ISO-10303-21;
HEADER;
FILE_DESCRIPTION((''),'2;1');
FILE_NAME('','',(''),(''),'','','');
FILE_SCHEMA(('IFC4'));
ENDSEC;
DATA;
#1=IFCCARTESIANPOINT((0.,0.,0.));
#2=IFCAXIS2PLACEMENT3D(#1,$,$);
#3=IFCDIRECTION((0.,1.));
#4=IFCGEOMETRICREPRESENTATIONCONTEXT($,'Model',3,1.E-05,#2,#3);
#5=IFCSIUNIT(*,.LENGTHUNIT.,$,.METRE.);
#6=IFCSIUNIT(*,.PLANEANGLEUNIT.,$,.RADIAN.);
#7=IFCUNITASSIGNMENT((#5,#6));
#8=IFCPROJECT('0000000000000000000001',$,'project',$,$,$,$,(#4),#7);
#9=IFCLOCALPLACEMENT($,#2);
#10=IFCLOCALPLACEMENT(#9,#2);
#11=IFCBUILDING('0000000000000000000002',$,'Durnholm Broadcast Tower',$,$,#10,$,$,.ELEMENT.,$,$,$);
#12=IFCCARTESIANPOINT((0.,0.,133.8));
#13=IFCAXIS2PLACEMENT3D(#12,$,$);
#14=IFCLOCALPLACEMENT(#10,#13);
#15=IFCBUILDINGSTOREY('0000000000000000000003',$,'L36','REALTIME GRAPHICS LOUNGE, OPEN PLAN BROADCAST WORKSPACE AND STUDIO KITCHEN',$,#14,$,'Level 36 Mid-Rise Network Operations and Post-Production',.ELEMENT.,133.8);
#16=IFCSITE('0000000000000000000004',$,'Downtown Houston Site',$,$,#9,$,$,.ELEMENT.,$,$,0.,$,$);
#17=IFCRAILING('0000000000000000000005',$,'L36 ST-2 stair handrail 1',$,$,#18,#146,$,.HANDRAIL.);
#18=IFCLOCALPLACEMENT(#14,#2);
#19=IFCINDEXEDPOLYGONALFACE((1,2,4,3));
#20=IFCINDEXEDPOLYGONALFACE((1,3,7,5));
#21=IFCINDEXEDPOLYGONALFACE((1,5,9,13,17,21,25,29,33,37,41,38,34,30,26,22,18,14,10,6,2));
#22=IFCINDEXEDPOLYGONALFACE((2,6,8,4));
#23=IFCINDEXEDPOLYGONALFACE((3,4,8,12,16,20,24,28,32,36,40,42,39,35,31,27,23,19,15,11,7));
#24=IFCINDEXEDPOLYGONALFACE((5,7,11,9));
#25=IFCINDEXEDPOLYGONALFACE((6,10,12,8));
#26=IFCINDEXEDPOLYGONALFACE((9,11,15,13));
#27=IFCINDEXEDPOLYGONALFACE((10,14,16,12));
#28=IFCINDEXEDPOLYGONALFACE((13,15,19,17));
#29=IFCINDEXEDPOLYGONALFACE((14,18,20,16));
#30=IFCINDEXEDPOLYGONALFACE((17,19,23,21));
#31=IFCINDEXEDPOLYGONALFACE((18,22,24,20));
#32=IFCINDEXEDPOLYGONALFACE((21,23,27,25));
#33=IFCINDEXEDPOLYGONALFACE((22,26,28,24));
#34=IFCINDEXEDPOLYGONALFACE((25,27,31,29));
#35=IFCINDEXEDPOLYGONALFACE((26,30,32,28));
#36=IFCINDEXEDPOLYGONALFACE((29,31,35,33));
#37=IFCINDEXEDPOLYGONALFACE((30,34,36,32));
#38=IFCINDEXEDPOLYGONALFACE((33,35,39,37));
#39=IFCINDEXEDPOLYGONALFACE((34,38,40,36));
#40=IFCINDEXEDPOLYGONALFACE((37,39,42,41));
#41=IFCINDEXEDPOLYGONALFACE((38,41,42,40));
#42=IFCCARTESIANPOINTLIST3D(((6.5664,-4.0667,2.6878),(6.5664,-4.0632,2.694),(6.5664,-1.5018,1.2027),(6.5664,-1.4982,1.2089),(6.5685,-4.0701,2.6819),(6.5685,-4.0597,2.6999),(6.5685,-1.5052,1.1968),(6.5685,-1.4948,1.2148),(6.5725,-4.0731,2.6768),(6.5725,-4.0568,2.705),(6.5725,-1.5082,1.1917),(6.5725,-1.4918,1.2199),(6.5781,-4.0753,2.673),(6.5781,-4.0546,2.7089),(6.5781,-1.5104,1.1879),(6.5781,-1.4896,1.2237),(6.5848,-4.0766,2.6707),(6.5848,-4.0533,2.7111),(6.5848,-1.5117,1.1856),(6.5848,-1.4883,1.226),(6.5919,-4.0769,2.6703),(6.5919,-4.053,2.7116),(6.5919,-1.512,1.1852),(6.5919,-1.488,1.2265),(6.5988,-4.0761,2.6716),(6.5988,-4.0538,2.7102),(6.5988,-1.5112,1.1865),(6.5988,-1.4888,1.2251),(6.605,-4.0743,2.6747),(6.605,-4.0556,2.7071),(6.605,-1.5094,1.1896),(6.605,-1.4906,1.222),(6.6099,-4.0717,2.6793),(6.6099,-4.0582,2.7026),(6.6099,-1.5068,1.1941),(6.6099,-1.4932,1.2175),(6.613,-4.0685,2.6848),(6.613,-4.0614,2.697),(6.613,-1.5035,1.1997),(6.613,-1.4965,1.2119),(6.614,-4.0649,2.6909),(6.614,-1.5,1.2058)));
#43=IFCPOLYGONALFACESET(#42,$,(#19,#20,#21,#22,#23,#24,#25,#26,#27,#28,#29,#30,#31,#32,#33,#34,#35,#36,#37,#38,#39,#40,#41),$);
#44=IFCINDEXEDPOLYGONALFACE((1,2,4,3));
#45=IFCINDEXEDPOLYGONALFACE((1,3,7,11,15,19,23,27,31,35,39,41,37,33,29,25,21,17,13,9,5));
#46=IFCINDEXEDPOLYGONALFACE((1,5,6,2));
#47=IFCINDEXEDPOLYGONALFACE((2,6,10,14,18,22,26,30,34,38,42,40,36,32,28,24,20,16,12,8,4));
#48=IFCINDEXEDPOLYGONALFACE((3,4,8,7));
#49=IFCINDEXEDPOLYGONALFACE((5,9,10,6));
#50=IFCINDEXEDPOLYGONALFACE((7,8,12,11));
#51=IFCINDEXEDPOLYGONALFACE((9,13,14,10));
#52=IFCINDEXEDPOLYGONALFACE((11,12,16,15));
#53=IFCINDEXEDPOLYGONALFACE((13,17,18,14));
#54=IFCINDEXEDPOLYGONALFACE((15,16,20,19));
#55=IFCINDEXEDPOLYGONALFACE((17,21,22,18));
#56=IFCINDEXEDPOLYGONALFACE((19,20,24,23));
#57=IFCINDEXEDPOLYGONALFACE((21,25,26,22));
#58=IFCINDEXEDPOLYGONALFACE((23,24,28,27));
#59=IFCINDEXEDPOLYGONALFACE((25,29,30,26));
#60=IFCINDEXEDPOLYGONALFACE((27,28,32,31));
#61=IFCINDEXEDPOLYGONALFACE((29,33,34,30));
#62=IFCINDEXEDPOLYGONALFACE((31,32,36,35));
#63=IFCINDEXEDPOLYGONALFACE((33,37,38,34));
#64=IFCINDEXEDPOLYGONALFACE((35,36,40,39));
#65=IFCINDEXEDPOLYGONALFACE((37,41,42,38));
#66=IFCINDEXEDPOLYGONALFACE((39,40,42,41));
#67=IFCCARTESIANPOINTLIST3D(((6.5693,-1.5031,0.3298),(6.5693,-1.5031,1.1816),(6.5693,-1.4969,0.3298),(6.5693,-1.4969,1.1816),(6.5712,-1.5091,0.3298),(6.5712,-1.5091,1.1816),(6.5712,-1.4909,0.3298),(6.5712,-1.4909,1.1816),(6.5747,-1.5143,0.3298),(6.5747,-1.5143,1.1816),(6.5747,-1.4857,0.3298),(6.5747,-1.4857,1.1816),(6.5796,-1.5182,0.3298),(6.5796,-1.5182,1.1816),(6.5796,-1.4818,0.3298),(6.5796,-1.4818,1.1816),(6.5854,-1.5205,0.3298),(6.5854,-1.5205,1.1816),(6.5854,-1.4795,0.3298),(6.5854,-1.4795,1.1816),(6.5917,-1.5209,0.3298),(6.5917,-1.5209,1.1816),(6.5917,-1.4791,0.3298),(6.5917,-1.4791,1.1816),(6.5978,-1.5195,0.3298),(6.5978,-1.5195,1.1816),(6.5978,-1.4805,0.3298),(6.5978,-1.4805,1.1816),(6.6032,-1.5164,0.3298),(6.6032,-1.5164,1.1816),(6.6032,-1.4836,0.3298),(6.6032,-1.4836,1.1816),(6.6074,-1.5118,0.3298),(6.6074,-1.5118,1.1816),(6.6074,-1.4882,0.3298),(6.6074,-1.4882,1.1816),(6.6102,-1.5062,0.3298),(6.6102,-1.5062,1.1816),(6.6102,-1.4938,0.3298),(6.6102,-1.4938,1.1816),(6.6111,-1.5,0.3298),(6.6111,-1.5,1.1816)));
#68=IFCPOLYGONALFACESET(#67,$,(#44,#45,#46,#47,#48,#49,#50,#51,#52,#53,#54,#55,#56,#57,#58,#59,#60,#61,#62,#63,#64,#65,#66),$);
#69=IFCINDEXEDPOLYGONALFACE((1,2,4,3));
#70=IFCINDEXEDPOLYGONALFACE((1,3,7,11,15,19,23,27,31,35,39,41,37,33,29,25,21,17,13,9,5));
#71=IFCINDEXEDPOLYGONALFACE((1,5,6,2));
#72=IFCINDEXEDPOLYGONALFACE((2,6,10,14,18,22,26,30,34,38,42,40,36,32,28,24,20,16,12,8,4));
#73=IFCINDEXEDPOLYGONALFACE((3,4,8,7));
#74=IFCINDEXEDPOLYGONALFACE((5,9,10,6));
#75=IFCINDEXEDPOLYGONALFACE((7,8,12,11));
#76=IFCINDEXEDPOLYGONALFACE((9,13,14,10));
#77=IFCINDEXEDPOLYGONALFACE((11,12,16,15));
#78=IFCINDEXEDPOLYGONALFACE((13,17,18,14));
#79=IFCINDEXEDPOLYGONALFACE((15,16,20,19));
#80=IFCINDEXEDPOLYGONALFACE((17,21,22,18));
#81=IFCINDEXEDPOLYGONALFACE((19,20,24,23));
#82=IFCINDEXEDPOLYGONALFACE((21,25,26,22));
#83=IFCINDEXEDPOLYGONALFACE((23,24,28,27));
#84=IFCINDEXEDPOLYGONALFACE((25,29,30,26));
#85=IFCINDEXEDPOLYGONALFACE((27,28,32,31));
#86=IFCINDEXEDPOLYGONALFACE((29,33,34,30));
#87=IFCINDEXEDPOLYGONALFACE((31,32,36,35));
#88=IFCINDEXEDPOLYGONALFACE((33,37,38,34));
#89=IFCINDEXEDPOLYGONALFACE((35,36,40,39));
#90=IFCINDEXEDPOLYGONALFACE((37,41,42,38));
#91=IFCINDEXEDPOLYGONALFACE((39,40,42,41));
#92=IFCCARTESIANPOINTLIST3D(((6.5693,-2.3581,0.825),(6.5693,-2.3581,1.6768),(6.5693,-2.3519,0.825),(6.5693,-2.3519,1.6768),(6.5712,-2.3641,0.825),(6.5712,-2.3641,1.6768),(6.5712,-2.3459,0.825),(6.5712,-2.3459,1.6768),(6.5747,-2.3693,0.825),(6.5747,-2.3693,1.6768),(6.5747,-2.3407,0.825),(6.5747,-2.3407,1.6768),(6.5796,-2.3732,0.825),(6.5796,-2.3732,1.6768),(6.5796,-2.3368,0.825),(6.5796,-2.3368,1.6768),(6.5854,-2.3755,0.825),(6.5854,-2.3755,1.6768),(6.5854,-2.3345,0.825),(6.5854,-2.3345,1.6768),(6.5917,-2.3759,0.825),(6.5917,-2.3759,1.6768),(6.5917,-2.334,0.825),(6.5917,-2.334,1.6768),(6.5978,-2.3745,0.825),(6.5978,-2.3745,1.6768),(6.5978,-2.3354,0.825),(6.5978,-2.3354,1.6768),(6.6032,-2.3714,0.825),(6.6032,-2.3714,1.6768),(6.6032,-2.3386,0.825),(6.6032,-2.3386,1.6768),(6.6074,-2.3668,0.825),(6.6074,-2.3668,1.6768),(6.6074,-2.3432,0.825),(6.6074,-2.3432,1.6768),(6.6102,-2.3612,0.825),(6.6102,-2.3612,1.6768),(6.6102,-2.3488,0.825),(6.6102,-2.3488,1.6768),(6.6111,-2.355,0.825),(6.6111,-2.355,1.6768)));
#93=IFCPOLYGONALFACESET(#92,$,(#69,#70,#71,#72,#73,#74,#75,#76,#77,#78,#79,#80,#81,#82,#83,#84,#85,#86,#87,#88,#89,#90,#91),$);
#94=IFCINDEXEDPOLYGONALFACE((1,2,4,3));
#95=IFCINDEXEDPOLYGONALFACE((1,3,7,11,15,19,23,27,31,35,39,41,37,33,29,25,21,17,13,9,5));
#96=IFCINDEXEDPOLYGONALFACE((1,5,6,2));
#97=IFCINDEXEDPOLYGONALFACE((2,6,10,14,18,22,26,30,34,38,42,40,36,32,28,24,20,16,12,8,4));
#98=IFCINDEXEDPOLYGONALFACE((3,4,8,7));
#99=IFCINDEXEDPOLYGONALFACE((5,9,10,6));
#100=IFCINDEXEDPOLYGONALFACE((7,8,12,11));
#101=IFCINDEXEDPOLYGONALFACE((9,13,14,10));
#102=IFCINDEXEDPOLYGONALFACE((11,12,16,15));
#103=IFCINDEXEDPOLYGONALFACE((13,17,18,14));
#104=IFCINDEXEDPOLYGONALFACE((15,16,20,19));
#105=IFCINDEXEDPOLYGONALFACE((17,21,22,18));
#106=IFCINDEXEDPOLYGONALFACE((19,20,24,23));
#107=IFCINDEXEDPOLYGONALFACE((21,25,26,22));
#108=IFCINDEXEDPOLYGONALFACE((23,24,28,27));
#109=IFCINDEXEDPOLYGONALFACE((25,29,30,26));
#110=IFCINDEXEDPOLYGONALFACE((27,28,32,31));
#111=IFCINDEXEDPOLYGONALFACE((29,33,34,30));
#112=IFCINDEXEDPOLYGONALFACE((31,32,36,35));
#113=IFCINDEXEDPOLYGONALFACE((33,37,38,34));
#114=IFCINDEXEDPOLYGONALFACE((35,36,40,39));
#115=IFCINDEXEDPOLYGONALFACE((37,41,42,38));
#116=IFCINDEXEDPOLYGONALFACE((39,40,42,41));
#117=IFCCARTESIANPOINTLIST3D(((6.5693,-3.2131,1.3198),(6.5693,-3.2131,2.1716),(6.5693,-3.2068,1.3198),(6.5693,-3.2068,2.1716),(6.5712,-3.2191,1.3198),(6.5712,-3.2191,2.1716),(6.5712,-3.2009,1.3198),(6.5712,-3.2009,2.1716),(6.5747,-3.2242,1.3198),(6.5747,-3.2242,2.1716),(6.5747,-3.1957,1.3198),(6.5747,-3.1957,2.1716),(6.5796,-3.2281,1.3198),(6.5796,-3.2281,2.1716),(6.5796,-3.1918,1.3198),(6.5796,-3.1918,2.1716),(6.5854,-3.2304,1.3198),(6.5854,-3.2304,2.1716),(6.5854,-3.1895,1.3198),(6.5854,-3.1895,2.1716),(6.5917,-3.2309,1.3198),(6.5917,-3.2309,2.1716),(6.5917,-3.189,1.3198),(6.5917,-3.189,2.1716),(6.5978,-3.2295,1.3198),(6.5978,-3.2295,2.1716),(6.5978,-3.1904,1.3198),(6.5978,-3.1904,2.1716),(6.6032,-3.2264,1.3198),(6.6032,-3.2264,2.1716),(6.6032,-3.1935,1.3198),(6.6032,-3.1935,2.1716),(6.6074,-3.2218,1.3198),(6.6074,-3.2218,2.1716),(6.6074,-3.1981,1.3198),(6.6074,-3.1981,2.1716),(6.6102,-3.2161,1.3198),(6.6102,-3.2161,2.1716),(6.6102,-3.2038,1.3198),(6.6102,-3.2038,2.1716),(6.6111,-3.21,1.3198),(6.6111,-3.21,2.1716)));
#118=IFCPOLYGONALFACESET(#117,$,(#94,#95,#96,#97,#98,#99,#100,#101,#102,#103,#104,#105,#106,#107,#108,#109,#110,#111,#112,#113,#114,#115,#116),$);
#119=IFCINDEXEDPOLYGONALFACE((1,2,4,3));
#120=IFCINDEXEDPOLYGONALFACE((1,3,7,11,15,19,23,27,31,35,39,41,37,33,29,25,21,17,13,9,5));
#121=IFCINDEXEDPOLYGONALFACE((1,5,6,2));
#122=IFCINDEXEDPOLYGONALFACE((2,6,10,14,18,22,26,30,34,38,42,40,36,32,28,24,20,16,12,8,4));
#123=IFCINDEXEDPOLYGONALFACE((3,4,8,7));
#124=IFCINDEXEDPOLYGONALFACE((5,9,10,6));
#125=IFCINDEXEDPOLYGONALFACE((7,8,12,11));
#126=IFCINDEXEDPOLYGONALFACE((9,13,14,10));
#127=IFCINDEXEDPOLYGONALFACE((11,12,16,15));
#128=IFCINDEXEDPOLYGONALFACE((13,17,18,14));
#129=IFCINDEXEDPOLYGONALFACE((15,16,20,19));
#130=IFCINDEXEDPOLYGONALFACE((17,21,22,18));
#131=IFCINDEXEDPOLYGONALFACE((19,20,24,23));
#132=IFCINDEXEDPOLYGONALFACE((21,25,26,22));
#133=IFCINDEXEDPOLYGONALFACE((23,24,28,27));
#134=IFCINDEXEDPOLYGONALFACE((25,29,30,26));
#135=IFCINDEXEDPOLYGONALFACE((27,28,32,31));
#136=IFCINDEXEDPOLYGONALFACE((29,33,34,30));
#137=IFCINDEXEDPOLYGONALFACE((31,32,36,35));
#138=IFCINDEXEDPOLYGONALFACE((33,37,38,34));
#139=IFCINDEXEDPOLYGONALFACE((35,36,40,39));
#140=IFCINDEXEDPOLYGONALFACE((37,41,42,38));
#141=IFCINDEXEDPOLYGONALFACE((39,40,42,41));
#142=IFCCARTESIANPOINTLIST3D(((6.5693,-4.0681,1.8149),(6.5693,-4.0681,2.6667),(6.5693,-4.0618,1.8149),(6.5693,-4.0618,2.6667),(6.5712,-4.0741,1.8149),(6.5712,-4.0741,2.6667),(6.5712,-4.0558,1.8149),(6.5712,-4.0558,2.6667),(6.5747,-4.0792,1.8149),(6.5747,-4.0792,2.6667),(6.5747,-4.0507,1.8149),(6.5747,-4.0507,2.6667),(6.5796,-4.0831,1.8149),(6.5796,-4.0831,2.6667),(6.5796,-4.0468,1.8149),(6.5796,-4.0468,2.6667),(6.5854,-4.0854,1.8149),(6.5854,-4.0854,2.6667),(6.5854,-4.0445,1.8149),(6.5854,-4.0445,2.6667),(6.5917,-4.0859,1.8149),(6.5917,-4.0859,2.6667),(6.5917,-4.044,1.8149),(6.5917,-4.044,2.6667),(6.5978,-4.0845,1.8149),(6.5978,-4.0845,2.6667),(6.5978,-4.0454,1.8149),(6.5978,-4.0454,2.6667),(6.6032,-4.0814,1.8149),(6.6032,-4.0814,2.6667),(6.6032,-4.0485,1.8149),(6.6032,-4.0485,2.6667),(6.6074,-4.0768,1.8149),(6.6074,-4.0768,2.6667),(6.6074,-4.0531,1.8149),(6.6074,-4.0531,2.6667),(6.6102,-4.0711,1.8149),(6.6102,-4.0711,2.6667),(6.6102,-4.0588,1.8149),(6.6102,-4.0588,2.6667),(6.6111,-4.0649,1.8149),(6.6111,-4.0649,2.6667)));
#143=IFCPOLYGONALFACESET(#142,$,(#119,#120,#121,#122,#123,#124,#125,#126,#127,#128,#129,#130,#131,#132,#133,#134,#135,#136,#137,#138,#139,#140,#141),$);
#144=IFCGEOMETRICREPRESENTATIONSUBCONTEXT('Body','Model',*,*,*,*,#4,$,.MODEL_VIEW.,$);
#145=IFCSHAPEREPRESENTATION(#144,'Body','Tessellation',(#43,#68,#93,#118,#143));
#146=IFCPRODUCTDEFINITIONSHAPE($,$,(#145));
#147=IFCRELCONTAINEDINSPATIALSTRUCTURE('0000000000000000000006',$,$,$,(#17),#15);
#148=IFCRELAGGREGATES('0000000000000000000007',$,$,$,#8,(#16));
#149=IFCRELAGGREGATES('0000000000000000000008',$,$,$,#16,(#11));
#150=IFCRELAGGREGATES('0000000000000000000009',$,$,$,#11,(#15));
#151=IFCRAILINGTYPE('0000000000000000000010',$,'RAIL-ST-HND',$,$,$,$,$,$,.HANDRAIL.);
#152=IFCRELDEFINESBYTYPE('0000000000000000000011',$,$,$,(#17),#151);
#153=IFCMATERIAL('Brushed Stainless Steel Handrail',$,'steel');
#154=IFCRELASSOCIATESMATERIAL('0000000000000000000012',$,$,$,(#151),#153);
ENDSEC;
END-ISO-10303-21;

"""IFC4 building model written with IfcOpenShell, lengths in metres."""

from ifc_helpers import new_model, si_unit, direction, frame, origin, origin_2d, place, context, subcontext, project, spatial, circle, extrude, material, type_object, element, save


model = new_model("IFC4")

# Units and contexts
model_context = context("Model", 3, precision=1e-05, world=origin(), true_north=direction((0.0, 1.0)))
body_context = subcontext(model_context, "Body", "Model", "MODEL_VIEW")
ifc_project = project(units=[si_unit("LENGTHUNIT", "METRE"), si_unit("PLANEANGLEUNIT", "RADIAN")], contexts=[model_context])

# Site, building, storey
site_placement = place(None, origin())
site = spatial("IfcSite", under=ifc_project, at=site_placement, Name="Downtown Houston Site", CompositionType="ELEMENT", RefElevation=0.0)
building_placement = place(site_placement, origin())
building = spatial("IfcBuilding", under=site, at=building_placement, Name="Durnholm Broadcast Tower", CompositionType="ELEMENT")
storey_placement = place(building_placement, frame((0.0, 0.0, 133.8)))
storey = spatial("IfcBuildingStorey", under=building, at=storey_placement, Name="L36", Description="REALTIME GRAPHICS LOUNGE, OPEN PLAN BROADCAST WORKSPACE AND STUDIO KITCHEN", LongName="Level 36 Mid-Rise Network Operations and Post-Production", CompositionType="ELEMENT", Elevation=133.8)

# Railing
ifc_material_1 = material(Name="Brushed Stainless Steel Handrail", Category="steel")
railing_type_1 = type_object("IfcRailingType", Name="RAIL-ST-HND", PredefinedType="HANDRAIL", material=ifc_material_1)
railing_1_placement = place(storey_placement, frame((6.5901, -1.5, 0.3298)))
element("IfcRailing", 1, at=railing_1_placement, inside=storey, type_object=railing_type_1, Name="L36 ST-2 stair handrail 1", PredefinedType="HANDRAIL", context=body_context, shape_type="SweptSolid", body=[
    extrude(circle(Radius=0.0239, at=origin_2d()), frame((0.0, 0.0, 0.876), z_axis=(0.0, -0.865406, 0.501072), x_axis=(1.0, 0.0, 0.0)), (0.0, 0.0, 1.0), 2.9639),
    extrude(circle(Radius=0.021, at=origin_2d()), origin(), (0.0, 0.0, 1.0), 0.8518),
    extrude(circle(Radius=0.021, at=origin_2d()), frame((0.0, -0.855, 0.4951)), (0.0, 0.0, 1.0), 0.8518),
    extrude(circle(Radius=0.021, at=origin_2d()), frame((0.0, -1.71, 0.99)), (0.0, 0.0, 1.0), 0.8518),
    extrude(circle(Radius=0.021, at=origin_2d()), frame((0.0, -2.5649, 1.4851)), (0.0, 0.0, 1.0), 0.8518),
])

save(model, "model.ifc")
